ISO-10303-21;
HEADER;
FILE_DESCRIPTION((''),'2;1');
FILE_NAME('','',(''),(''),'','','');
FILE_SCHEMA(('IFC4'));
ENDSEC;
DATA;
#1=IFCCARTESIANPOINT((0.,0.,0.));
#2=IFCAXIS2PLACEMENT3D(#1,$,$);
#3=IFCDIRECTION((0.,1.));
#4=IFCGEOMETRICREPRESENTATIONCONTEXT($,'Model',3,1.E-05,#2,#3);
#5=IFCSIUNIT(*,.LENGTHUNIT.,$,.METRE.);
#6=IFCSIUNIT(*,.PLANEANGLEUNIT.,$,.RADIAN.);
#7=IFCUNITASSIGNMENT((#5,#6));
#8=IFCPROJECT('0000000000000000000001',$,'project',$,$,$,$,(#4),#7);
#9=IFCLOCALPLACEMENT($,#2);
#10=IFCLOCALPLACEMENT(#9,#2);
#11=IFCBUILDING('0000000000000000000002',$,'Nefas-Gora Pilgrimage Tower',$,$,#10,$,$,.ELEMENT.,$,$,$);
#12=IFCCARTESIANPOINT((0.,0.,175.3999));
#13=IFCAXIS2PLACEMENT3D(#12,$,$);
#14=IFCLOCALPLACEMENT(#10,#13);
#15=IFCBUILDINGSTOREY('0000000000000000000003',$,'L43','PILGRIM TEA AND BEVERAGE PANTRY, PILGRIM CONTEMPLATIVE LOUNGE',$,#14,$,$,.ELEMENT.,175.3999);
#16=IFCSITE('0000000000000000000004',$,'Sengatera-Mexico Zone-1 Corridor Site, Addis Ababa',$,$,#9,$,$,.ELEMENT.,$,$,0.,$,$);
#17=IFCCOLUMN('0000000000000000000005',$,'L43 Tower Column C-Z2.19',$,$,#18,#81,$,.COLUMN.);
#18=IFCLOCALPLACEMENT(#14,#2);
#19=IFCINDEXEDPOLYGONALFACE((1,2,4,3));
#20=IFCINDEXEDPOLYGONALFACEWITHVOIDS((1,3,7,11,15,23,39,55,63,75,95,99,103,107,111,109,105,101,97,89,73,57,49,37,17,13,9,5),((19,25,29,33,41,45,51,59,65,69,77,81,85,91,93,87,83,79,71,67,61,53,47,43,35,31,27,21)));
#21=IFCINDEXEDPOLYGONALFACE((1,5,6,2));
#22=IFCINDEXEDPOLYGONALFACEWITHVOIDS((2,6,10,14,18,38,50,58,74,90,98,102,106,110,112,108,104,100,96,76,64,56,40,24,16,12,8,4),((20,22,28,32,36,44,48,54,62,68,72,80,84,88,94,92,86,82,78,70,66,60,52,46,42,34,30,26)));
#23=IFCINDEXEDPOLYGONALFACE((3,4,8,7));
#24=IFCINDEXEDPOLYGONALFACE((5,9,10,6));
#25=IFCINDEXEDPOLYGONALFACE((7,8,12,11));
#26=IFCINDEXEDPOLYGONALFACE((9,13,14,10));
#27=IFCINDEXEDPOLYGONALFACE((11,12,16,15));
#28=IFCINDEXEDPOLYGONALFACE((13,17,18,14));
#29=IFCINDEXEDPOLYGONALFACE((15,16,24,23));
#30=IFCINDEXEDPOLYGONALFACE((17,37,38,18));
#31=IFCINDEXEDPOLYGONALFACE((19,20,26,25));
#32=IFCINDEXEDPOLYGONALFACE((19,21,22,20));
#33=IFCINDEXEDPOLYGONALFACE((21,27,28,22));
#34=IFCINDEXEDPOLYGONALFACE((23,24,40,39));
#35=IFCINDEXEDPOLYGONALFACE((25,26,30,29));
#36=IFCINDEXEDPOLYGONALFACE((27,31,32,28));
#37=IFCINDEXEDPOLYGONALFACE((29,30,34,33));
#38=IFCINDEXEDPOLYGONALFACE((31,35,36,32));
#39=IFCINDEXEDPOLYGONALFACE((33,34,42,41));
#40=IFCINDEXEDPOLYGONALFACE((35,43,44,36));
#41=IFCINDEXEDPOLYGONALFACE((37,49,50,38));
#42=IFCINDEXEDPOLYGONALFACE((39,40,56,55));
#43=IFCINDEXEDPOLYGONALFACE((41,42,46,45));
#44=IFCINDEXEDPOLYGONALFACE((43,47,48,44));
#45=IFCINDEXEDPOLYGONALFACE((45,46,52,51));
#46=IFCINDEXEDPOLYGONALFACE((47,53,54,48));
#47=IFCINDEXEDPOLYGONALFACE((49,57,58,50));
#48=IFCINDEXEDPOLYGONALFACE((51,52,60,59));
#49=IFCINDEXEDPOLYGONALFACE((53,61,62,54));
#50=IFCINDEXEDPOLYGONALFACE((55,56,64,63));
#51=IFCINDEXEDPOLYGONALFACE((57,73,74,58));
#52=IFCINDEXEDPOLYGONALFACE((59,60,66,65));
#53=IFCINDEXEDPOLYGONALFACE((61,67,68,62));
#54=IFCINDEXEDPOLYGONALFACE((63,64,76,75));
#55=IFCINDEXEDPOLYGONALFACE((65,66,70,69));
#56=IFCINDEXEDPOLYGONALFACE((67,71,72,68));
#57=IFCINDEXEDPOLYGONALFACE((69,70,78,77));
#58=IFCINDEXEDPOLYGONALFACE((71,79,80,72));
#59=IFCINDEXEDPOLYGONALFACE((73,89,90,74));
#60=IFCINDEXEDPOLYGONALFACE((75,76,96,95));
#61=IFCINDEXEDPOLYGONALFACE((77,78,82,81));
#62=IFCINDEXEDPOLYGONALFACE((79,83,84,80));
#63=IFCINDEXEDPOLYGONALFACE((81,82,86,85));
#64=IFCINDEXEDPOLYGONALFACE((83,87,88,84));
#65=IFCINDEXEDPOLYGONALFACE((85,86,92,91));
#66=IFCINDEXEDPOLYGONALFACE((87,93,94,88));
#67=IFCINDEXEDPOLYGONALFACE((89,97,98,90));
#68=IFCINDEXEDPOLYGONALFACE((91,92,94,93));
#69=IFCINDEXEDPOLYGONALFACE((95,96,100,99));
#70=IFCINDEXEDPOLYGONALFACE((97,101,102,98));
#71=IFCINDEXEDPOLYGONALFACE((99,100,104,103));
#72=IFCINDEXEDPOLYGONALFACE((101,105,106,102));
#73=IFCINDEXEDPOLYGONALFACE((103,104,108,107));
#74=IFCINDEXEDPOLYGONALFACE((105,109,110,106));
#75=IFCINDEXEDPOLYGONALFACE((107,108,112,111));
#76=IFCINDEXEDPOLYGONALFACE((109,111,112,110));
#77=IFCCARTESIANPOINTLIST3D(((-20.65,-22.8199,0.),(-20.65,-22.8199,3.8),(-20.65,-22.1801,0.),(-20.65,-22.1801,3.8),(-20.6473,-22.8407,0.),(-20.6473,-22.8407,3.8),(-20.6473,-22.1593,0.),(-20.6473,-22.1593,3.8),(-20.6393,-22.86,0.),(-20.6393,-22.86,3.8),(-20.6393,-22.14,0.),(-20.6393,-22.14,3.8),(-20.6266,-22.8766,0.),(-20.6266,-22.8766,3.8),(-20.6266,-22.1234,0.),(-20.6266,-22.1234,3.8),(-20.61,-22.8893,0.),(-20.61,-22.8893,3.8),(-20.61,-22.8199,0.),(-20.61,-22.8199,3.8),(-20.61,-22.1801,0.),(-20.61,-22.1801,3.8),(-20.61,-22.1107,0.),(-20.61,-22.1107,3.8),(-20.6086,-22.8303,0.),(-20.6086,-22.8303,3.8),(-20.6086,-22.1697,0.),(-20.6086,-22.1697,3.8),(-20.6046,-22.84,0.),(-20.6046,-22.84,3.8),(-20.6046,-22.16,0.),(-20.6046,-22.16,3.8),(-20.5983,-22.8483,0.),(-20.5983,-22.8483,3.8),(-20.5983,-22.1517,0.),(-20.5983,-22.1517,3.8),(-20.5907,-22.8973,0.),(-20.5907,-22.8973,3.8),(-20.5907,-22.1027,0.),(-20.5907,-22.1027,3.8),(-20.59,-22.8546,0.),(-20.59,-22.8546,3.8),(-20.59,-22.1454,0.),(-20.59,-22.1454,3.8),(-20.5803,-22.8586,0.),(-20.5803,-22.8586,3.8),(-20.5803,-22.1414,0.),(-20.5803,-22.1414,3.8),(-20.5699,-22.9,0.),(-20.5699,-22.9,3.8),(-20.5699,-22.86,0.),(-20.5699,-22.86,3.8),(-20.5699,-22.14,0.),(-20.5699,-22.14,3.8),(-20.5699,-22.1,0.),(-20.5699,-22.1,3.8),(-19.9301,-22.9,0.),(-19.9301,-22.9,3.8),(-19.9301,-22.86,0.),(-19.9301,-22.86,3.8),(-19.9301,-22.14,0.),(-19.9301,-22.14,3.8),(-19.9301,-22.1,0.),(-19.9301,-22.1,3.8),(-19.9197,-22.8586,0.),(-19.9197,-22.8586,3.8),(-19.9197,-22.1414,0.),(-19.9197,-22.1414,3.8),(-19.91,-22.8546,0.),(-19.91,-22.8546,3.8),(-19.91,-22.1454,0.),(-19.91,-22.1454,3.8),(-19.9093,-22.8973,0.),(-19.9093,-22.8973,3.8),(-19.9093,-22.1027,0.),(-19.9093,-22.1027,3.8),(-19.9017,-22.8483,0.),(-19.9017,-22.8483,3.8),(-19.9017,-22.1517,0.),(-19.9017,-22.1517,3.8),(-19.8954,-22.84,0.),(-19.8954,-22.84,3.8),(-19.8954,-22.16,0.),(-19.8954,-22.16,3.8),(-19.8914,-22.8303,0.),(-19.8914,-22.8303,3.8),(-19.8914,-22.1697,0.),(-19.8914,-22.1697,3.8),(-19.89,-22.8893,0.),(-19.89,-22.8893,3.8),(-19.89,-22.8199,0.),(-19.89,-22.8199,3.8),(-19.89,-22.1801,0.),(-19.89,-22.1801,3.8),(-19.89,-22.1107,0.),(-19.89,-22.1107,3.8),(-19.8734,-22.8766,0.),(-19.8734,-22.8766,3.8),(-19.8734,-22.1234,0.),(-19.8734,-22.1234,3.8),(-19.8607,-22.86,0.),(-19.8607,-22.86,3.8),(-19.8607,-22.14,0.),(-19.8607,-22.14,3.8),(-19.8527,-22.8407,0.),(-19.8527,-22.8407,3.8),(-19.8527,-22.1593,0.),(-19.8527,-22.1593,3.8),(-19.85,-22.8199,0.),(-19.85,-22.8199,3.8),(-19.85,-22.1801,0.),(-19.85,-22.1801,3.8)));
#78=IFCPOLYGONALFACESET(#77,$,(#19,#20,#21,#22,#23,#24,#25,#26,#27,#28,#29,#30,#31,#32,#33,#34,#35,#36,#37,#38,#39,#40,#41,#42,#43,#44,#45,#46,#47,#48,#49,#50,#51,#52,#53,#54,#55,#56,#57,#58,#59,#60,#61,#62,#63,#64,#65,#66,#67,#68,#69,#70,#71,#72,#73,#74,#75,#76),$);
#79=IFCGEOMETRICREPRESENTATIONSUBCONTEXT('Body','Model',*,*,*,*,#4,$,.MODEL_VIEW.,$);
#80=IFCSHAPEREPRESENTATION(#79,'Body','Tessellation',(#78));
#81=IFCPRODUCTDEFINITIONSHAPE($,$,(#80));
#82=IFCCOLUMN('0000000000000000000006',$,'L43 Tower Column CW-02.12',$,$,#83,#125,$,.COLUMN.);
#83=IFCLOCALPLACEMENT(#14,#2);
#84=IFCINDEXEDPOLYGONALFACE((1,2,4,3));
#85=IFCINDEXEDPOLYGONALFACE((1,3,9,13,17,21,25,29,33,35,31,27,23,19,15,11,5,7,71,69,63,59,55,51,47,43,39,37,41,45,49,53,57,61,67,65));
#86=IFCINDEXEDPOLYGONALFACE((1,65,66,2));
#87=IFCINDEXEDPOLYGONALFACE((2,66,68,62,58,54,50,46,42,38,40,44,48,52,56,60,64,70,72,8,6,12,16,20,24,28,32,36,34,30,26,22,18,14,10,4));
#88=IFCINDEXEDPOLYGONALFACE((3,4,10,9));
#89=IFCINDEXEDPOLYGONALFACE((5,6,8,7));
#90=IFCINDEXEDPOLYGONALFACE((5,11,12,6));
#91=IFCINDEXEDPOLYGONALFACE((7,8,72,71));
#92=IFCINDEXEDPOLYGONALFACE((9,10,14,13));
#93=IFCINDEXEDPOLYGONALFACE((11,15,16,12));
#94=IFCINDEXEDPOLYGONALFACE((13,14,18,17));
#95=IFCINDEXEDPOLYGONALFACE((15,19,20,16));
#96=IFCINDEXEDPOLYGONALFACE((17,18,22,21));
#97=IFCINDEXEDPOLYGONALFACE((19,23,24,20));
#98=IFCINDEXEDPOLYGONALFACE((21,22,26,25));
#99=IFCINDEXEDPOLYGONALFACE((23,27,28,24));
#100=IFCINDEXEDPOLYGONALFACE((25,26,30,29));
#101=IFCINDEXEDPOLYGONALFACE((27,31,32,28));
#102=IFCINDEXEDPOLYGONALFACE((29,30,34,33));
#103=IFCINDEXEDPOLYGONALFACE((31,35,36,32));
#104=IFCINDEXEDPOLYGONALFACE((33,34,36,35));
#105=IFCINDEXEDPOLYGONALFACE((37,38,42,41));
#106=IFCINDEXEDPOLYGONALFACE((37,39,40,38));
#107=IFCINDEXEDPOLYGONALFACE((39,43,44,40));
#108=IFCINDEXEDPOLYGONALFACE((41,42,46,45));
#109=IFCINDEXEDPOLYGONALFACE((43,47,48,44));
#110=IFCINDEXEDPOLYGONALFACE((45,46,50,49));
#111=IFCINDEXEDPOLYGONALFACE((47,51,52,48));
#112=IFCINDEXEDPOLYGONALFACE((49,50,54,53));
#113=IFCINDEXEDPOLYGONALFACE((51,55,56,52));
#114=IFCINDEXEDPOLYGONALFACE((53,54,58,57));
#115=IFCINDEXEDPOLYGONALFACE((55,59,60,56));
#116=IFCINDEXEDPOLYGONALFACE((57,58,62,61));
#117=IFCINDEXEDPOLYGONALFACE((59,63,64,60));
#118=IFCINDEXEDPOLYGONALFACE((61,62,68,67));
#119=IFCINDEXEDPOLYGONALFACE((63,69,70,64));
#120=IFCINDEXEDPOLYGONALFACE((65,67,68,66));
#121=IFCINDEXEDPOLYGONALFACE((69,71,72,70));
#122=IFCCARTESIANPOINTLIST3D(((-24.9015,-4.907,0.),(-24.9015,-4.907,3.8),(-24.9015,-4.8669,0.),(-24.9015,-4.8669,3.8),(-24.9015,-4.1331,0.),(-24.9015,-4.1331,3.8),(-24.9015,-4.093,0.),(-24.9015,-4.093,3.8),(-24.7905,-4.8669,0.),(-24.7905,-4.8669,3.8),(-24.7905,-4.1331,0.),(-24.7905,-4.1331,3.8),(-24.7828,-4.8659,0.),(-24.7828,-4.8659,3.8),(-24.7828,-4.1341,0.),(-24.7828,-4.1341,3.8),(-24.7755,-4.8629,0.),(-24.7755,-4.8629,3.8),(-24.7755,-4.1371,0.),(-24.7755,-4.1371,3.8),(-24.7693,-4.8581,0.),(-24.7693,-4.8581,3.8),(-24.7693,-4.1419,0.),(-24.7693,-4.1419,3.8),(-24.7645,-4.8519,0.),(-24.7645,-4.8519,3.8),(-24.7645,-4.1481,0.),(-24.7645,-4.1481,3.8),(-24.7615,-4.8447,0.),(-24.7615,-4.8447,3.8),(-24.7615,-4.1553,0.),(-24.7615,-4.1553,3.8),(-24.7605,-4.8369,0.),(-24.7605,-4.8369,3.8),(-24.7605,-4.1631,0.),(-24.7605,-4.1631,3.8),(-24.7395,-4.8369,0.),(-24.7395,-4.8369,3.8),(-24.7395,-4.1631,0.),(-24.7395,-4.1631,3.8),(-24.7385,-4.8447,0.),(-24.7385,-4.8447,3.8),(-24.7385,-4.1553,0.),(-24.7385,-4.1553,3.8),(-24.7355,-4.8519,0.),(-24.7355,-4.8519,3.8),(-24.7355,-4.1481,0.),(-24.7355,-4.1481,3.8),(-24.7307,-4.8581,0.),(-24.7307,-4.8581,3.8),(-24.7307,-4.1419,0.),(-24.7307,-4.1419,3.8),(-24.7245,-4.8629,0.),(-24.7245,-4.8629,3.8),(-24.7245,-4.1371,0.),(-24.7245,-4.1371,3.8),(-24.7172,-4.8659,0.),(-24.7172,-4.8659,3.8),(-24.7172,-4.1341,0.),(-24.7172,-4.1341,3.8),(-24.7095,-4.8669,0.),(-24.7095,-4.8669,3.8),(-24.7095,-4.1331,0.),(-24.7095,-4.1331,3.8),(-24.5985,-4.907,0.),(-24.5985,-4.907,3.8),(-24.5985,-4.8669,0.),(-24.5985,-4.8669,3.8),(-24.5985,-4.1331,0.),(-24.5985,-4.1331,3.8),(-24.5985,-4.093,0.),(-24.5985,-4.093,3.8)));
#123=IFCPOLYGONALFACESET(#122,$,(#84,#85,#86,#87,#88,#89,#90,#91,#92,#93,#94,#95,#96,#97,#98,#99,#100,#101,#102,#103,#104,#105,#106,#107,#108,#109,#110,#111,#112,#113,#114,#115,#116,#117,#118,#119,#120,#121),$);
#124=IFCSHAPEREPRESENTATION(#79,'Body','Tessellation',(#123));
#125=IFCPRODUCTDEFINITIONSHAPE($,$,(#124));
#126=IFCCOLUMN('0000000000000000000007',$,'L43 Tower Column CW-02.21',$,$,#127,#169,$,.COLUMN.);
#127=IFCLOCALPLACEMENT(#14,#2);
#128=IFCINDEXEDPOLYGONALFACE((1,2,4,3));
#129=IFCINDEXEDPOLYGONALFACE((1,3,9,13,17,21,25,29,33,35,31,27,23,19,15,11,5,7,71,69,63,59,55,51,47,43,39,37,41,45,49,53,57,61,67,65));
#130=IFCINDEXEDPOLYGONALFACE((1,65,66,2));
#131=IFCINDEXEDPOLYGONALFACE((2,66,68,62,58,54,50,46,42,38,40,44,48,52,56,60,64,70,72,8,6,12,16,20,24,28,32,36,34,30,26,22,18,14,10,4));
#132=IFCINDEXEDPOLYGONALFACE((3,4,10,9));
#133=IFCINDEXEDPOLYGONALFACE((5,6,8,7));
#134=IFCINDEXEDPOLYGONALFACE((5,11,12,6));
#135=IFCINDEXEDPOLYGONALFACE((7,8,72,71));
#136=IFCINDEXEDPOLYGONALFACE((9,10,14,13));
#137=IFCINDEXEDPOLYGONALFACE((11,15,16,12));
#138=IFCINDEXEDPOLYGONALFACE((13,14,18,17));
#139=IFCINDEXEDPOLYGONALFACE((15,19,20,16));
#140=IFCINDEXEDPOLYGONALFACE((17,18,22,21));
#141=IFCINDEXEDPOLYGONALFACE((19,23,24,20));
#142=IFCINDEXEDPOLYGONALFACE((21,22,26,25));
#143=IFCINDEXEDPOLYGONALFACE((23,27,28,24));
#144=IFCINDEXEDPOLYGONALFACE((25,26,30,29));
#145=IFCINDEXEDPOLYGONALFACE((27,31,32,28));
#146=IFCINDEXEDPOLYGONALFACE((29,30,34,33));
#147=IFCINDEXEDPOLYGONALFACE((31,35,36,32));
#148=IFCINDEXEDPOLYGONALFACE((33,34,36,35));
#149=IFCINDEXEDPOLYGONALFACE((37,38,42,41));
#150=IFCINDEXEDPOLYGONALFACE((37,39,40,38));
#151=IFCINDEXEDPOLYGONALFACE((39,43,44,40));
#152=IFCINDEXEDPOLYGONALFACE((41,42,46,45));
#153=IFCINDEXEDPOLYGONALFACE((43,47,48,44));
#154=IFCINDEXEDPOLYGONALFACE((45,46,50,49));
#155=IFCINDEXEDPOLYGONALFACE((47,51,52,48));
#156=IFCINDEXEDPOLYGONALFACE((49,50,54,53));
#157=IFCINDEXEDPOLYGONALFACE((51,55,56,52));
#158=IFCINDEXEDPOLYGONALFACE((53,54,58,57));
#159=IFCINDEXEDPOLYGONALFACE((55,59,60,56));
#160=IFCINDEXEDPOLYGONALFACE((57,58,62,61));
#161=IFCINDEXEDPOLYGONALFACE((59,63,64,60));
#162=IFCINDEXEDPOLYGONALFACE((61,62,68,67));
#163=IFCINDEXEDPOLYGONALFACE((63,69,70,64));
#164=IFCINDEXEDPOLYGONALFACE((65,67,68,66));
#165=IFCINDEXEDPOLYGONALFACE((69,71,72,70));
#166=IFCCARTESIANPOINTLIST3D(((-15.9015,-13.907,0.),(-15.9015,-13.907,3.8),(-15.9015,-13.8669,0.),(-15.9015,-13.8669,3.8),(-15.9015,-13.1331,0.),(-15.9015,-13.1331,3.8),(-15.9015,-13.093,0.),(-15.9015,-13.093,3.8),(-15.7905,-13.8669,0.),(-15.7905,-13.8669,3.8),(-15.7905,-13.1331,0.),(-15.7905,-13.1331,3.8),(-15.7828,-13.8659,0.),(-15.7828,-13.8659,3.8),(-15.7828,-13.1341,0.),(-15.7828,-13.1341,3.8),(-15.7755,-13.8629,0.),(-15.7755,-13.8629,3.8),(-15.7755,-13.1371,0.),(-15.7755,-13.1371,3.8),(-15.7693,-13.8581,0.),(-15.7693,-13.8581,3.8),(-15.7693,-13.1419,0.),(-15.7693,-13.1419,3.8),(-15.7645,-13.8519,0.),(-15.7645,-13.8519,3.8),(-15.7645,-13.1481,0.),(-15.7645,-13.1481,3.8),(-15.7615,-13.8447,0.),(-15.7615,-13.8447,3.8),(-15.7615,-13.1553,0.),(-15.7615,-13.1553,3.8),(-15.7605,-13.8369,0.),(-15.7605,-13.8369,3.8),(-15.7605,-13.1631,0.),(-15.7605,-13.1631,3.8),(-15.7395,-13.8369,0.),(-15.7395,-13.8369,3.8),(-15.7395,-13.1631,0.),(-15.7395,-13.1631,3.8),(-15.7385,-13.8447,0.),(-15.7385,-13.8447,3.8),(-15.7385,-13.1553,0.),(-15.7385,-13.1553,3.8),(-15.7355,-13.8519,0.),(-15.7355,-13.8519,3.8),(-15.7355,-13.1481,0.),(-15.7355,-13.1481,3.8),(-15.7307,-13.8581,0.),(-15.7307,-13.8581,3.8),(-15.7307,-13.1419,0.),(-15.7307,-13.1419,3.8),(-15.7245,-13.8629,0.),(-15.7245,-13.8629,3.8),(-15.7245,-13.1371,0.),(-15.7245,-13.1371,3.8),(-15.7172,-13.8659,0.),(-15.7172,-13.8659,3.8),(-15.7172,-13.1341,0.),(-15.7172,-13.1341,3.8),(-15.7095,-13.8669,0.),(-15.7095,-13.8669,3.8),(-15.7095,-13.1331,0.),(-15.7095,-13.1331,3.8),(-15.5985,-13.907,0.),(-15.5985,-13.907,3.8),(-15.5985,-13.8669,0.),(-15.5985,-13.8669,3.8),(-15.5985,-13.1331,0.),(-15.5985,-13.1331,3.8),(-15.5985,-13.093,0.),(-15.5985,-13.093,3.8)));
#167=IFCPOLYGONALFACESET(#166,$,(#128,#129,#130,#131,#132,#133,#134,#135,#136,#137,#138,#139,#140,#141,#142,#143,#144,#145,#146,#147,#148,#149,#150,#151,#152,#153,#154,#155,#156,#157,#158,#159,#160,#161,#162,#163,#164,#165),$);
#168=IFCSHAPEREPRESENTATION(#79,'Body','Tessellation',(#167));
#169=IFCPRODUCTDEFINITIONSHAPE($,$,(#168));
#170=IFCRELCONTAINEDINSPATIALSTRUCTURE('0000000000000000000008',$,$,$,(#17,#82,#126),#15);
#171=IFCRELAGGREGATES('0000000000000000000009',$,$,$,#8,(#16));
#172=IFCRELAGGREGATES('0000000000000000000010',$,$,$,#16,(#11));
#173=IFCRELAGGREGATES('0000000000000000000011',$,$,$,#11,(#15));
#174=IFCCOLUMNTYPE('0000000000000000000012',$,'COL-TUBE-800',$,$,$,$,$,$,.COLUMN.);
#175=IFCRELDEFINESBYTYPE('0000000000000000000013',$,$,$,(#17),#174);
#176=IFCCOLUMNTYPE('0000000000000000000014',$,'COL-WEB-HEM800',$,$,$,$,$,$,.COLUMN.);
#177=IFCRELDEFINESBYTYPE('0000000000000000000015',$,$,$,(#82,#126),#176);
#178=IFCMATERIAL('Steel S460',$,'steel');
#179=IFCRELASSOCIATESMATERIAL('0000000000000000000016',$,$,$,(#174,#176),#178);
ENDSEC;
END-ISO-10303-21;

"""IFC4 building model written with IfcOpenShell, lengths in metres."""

from ifc_helpers import new_model, si_unit, direction, frame, origin, origin_2d, place, context, subcontext, project, spatial, hollow_rectangle, i_section, extrude, source, transform, mapped, material, material_profile, profile_set, type_object, element, save


model = new_model("IFC4")

# Units and contexts
model_context = context("Model", 3, precision=1e-05, world=origin(), true_north=direction((0.0, 1.0)))
body_context = subcontext(model_context, "Body", "Model", "MODEL_VIEW")
ifc_project = project(units=[si_unit("LENGTHUNIT", "METRE"), si_unit("PLANEANGLEUNIT", "RADIAN")], contexts=[model_context])

# Site, building, storey
site_placement = place(None, origin())
site = spatial("IfcSite", under=ifc_project, at=site_placement, Name="Sengatera-Mexico Zone-1 Corridor Site, Addis Ababa", CompositionType="ELEMENT", RefElevation=0.0)
building_placement = place(site_placement, origin())
building = spatial("IfcBuilding", under=site, at=building_placement, Name="Nefas-Gora Pilgrimage Tower", CompositionType="ELEMENT")
storey_placement = place(building_placement, frame((0.0, 0.0, 175.3999)))
storey = spatial("IfcBuildingStorey", under=building, at=storey_placement, Name="L43", Description="PILGRIM TEA AND BEVERAGE PANTRY, PILGRIM CONTEMPLATIVE LOUNGE", CompositionType="ELEMENT", Elevation=175.3999)

# Columns
ifc_material_1 = material(Name="Steel S460", Category="steel")
ifc_material_profile_1 = material_profile(ifc_material_1, hollow_rectangle(XDim=0.8, YDim=0.8, WallThickness=0.04, InnerFilletRadius=0.04, OuterFilletRadius=0.0801, at=origin_2d()), Name="BOX 800x800x40")
ifc_profile_set_1 = profile_set([ifc_material_profile_1], Name="Steel S460")
column_type_1 = type_object("IfcColumnType", Name="COL-TUBE-800", PredefinedType="COLUMN", material=ifc_profile_set_1)
shared_shape_1 = source(origin(), body_context, "Body", "SweptSolid", [
    extrude(hollow_rectangle(XDim=0.8, YDim=0.8, WallThickness=0.04, InnerFilletRadius=0.04, OuterFilletRadius=0.0801, at=origin_2d()), origin(), (0.0, 0.0, 1.0), 3.8),
])
column_placement = place(storey_placement, frame((-20.25, -22.5, 0.0), z_axis=(0.0, 0.0, 1.0), x_axis=(1.0, 0.0, 0.0)))
element("IfcColumn", 1, at=column_placement, inside=storey, type_object=column_type_1, Name="L43 Tower Column C-Z2.19", PredefinedType="COLUMN", context=body_context, shape_type="MappedRepresentation", body=[
    mapped(shared_shape_1, transform((0.0, 0.0, 0.0), x_axis=(1.0, 0.0, 0.0), y_axis=(0.0, 1.0, 0.0), z_axis=(0.0, 0.0, 1.0), scale=1.0)),
])
ifc_material_profile_2 = material_profile(ifc_material_1, i_section(OverallWidth=0.303, OverallDepth=0.814, WebThickness=0.021, FlangeThickness=0.04, FilletRadius=0.03, at=origin_2d()), Name="HEM 800")
ifc_profile_set_2 = profile_set([ifc_material_profile_2], Name="Steel S460")
column_type_2 = type_object("IfcColumnType", Name="COL-WEB-HEM800", PredefinedType="COLUMN", material=ifc_profile_set_2)
shared_shape_2 = source(origin(), body_context, "Body", "SweptSolid", [
    extrude(i_section(OverallWidth=0.303, OverallDepth=0.814, WebThickness=0.021, FlangeThickness=0.04, FilletRadius=0.03, at=origin_2d()), origin(), (0.0, 0.0, 1.0), 3.8),
])
for number, where, z_axis, x_axis, name in (
    (2, (-24.75, -4.5, 0.0), (0.0, 0.0, 1.0), (1.0, 0.0, 0.0), "L43 Tower Column CW-02.12"),
    (3, (-15.75, -13.5, 0.0), (0.0, 0.0, 1.0), (1.0, 0.0, 0.0), "L43 Tower Column CW-02.21"),
):
    element("IfcColumn", number, at=place(storey_placement, frame(where, z_axis=z_axis, x_axis=x_axis)), inside=storey, type_object=column_type_2, Name=name, PredefinedType="COLUMN", context=body_context, shape_type="MappedRepresentation", body=[
        mapped(shared_shape_2, transform((0.0, 0.0, 0.0), x_axis=(1.0, 0.0, 0.0), y_axis=(0.0, 1.0, 0.0), z_axis=(0.0, 0.0, 1.0), scale=1.0)),
    ])

save(model, "model.ifc")
